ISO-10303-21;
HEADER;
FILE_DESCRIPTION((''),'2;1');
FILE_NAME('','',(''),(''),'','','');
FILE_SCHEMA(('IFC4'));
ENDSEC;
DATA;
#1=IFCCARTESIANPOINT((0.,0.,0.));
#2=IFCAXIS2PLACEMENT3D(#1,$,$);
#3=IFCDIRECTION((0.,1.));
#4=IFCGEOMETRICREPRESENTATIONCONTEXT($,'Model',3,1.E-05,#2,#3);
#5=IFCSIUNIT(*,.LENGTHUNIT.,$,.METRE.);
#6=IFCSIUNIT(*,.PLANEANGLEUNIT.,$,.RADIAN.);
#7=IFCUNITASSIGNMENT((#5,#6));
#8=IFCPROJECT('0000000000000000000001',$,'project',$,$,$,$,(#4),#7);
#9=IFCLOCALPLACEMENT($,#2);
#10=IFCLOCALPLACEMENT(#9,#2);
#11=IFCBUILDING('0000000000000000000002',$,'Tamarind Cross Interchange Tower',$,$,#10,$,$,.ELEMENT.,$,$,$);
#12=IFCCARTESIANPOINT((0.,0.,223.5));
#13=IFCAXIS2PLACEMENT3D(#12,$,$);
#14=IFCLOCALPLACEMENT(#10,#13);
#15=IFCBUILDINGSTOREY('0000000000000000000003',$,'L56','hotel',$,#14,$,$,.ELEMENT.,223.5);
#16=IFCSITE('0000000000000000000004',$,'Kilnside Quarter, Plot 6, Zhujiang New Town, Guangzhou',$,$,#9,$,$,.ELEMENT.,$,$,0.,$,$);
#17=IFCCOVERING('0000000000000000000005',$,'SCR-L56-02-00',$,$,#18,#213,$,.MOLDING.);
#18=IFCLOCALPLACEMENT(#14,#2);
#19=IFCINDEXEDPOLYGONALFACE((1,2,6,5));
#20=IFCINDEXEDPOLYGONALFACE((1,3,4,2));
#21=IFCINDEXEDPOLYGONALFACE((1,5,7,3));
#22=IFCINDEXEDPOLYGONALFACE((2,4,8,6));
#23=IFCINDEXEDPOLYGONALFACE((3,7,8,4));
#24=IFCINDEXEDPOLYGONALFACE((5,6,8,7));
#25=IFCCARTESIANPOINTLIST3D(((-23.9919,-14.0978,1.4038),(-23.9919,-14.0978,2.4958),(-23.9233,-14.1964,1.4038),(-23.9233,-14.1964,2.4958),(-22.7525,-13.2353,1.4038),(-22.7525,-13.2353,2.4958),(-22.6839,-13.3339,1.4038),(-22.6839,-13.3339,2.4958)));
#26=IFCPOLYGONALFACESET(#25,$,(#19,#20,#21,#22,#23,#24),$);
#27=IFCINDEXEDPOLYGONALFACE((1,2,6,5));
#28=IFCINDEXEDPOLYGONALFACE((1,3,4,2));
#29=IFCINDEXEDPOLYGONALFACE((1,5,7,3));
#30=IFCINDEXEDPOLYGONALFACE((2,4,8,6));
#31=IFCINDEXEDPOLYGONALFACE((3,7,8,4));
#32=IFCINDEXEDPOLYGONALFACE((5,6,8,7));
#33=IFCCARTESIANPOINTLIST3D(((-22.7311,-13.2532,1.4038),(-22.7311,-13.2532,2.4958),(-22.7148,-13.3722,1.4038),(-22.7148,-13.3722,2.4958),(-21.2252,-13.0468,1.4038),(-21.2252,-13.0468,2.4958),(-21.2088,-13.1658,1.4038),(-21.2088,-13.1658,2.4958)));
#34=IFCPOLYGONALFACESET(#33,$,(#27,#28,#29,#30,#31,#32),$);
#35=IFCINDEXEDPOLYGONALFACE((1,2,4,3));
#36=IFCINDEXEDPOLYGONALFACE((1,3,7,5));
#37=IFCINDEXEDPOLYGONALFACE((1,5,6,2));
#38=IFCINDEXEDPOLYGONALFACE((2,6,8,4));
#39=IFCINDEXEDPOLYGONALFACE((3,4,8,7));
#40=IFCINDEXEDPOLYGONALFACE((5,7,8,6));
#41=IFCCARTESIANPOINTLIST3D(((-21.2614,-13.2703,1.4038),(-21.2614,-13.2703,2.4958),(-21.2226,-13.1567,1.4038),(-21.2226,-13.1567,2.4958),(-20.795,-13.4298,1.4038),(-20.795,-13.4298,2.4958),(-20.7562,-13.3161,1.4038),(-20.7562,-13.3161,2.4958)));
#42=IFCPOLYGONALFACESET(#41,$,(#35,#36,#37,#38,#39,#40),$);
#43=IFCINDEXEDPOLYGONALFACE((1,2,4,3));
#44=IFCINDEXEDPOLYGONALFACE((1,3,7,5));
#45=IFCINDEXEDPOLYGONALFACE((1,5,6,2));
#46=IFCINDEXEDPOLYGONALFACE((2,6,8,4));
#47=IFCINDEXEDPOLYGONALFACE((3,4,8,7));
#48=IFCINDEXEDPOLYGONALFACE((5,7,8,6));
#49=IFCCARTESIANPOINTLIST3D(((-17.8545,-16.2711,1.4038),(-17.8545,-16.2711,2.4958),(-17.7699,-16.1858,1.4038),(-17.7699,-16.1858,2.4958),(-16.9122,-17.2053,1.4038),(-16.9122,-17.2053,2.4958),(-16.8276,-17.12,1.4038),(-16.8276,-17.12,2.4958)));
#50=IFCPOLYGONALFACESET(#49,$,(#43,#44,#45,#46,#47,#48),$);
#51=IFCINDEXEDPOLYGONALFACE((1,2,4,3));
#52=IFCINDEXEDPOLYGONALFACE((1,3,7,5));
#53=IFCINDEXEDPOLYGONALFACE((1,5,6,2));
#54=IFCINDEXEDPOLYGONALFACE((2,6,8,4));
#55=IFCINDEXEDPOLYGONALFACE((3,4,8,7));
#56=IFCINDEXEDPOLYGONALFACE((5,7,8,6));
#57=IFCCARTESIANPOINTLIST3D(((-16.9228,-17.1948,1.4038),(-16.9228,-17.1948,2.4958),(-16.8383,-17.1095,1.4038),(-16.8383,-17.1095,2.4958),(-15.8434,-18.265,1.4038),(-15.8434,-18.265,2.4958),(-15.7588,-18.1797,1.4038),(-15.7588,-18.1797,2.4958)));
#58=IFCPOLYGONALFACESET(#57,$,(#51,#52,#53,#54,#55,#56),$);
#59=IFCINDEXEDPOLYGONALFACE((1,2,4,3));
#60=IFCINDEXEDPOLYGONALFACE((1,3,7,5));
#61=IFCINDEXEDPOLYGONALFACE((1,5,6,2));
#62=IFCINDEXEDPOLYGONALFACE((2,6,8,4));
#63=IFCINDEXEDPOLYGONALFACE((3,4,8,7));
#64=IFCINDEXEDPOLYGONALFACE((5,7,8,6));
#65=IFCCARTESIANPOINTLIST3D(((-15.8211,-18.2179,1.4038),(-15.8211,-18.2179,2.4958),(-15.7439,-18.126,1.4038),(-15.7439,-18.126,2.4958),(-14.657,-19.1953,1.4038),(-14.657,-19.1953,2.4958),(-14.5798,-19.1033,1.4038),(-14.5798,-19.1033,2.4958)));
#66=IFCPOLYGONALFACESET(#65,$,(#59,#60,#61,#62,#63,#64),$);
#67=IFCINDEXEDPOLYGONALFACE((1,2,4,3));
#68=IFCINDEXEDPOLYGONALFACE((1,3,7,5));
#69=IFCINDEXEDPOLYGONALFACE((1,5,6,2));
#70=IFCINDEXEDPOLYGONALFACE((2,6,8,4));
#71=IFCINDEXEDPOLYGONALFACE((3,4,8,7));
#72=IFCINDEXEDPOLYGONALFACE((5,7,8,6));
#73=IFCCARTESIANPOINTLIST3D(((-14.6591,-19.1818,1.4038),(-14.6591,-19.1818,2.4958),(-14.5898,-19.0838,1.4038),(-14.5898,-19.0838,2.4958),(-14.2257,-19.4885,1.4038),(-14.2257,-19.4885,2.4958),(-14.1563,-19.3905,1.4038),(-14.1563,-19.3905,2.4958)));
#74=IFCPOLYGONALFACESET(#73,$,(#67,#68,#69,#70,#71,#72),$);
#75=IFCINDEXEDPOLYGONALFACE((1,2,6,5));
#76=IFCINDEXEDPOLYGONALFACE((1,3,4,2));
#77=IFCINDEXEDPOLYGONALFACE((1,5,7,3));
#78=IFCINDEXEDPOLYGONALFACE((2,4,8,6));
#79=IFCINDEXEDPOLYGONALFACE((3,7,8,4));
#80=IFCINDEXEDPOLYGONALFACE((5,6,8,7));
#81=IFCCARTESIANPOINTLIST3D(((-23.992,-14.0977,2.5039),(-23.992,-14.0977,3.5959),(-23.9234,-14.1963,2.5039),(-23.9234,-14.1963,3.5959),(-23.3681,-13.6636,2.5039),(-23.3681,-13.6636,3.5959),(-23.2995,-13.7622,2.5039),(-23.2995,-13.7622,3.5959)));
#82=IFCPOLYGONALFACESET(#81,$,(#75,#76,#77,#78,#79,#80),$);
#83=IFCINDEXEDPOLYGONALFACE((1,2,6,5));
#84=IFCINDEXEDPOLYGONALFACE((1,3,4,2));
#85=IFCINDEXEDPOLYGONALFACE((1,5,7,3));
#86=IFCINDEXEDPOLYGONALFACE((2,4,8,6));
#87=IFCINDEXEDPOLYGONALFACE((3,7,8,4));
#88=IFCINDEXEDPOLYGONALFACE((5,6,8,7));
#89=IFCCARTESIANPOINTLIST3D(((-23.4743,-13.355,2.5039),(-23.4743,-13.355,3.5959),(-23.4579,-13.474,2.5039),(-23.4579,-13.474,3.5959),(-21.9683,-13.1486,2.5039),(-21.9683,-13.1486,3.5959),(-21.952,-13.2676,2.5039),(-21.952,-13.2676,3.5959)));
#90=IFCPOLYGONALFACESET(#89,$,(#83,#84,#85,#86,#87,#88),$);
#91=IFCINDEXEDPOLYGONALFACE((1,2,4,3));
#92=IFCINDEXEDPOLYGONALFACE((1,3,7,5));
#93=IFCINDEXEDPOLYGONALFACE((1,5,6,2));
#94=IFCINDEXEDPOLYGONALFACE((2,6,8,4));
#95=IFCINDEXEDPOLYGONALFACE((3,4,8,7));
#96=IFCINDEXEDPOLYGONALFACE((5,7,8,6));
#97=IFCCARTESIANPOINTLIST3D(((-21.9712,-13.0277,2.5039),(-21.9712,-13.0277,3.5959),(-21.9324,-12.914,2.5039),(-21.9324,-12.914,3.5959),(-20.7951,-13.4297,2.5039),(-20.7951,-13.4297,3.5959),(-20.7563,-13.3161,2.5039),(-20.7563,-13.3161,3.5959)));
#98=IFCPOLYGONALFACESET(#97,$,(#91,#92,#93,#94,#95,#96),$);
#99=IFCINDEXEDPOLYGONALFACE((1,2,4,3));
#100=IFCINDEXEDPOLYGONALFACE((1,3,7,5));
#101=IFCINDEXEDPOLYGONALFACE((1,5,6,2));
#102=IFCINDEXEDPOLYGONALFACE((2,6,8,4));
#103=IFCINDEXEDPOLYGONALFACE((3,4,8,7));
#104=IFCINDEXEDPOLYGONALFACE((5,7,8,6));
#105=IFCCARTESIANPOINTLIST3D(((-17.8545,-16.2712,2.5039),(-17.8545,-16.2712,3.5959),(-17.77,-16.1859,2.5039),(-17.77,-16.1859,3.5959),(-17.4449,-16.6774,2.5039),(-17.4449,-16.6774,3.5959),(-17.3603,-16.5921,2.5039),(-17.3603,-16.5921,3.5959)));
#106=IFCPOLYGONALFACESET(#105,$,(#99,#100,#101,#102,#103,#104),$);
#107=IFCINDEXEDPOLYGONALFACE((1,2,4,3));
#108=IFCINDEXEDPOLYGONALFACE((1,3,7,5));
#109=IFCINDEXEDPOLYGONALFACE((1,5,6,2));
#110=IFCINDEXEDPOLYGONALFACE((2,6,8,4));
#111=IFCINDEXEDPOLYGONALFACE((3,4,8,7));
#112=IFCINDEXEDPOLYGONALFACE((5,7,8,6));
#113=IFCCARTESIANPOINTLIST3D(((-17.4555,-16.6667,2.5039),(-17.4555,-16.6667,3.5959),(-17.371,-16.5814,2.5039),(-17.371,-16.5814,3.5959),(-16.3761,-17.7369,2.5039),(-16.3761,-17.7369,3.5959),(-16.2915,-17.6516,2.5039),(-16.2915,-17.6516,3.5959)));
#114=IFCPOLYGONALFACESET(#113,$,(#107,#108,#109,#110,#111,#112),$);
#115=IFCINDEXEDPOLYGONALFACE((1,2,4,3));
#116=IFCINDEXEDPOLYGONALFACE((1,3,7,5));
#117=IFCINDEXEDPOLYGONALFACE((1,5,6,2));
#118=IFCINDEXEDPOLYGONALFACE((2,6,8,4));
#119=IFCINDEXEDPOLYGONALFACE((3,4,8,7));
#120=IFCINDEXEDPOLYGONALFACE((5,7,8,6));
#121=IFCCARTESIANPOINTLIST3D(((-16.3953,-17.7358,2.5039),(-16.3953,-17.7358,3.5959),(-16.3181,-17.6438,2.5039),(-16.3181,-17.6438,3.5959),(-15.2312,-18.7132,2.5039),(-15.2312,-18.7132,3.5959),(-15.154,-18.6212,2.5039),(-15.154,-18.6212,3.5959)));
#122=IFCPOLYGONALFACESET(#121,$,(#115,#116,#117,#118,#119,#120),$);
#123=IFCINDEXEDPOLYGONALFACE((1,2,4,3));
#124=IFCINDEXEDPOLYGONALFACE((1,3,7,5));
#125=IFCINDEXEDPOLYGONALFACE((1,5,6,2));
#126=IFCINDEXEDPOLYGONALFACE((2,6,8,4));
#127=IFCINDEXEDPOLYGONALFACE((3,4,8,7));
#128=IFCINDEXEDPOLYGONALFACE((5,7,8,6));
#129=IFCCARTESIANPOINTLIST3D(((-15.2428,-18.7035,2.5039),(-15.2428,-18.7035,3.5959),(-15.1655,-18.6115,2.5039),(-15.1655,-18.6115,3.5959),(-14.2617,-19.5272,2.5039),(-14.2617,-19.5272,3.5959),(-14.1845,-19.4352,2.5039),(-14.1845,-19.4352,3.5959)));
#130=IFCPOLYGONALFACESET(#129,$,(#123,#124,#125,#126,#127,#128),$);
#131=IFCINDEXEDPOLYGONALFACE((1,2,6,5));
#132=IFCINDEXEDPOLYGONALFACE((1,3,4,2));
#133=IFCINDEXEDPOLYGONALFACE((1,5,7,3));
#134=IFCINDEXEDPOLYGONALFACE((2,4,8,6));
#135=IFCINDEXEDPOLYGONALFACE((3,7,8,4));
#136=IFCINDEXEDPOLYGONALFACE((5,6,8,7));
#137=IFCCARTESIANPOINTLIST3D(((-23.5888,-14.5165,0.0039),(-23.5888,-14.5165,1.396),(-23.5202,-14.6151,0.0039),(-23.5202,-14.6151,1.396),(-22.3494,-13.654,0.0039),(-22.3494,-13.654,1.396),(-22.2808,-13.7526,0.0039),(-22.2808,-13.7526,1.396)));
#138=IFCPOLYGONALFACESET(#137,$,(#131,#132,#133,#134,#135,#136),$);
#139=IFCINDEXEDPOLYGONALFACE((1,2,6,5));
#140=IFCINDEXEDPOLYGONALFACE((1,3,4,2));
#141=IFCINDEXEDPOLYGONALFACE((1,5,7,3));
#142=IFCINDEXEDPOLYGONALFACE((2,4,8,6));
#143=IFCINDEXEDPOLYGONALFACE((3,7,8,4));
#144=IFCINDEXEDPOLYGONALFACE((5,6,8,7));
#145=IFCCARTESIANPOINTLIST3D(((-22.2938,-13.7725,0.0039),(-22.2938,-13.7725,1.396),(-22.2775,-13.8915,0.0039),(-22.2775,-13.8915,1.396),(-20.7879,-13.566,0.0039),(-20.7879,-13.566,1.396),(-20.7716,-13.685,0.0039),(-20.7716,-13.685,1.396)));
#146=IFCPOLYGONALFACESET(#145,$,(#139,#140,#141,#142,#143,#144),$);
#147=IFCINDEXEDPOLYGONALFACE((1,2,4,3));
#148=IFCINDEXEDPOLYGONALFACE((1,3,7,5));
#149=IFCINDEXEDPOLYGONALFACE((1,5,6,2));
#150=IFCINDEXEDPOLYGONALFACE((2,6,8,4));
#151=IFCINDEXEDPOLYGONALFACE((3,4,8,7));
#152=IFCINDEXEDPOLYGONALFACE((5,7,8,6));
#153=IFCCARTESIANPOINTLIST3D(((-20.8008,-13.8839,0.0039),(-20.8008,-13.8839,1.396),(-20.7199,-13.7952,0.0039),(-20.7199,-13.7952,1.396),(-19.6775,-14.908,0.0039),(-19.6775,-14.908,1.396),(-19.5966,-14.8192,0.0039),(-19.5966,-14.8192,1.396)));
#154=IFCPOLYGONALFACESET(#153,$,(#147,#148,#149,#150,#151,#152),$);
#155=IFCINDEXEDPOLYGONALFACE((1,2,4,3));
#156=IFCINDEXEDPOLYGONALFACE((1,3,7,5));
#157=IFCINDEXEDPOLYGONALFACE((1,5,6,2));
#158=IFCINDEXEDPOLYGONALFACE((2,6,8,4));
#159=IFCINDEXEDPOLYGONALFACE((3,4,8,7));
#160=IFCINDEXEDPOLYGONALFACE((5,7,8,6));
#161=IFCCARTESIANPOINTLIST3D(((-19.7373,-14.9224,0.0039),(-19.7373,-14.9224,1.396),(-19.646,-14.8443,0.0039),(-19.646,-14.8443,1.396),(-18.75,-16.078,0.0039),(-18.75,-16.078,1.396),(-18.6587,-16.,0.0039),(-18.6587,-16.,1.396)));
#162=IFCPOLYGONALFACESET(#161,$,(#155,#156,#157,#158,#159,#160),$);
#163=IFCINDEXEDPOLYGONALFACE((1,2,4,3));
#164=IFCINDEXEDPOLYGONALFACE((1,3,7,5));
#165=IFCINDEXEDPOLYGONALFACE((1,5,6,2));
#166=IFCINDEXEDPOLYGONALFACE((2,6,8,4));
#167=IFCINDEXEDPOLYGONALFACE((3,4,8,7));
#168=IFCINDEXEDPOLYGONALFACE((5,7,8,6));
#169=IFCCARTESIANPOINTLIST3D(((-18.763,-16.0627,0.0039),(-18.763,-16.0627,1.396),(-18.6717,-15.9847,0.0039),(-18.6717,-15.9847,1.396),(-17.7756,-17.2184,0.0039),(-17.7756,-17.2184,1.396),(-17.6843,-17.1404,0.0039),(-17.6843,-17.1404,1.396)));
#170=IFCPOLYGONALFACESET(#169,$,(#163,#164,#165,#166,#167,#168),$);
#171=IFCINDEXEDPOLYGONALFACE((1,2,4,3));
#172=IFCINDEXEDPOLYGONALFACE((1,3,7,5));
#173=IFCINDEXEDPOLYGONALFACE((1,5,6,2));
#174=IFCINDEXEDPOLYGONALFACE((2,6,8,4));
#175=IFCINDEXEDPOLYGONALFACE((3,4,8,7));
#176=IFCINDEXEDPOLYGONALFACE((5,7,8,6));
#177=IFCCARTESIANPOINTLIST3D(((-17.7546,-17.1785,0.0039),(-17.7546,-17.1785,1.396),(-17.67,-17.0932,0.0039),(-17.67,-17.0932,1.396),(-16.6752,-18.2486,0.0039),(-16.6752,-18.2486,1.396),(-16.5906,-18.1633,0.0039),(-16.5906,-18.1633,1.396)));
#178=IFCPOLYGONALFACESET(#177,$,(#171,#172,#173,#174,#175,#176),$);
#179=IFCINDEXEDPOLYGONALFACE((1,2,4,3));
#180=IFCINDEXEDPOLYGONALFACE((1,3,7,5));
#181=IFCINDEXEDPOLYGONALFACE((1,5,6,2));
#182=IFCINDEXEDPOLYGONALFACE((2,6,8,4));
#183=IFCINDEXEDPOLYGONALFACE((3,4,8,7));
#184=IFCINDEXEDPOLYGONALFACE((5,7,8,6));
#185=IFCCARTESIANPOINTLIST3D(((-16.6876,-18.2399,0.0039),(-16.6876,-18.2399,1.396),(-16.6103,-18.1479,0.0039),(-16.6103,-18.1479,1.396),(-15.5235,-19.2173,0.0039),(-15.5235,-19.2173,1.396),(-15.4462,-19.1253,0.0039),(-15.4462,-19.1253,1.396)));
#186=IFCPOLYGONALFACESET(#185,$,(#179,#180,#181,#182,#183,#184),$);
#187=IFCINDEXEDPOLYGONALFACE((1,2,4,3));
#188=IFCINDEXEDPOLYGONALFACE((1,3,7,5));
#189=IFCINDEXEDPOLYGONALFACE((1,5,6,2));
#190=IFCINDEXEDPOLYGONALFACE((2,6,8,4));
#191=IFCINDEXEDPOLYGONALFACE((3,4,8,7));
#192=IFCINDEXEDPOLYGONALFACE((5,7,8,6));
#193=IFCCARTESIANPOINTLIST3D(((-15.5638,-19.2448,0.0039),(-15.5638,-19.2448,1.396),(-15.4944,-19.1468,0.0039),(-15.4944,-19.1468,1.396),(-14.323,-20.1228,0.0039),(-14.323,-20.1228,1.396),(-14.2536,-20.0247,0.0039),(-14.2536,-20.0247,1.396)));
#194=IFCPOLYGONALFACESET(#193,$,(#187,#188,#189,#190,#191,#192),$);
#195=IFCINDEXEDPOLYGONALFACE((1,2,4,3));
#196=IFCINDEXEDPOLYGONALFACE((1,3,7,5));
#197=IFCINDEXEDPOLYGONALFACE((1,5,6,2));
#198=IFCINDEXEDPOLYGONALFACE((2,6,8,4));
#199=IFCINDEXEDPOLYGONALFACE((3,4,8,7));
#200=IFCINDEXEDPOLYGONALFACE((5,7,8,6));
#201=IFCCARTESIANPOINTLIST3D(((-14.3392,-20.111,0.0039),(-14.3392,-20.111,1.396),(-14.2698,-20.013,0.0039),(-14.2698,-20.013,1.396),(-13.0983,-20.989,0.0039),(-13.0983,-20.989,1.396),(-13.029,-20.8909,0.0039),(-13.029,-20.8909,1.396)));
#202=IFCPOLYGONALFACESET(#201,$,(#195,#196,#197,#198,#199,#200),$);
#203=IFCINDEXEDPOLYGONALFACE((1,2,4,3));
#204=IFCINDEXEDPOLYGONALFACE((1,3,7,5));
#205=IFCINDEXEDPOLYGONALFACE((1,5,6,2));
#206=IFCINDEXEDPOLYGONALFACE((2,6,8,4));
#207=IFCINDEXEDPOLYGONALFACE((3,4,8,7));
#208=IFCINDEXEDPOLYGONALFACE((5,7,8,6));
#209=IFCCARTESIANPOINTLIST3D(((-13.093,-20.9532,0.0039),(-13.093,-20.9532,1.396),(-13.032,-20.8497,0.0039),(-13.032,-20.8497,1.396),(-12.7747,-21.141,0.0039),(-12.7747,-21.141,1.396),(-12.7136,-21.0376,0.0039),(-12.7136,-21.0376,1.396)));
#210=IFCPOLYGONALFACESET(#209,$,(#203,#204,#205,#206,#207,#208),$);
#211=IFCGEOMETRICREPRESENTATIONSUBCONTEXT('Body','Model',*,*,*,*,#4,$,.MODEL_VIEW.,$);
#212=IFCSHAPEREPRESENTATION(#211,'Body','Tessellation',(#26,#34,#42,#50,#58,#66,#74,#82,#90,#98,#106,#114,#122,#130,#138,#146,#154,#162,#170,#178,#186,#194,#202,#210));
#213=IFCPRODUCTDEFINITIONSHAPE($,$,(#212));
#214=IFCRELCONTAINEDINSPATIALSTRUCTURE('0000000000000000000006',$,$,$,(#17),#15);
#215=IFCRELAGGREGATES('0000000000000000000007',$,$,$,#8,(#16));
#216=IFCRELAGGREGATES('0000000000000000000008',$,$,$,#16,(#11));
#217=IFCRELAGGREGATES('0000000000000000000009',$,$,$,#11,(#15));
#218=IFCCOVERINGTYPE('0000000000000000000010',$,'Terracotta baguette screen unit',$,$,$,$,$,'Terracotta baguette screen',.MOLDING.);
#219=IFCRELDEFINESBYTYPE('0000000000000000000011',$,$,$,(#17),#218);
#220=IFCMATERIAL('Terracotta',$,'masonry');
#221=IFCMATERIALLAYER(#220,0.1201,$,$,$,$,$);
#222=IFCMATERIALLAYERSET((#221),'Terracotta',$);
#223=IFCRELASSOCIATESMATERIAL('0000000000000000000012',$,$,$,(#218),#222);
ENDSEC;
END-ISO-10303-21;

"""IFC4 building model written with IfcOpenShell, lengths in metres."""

from ifc_helpers import new_model, si_unit, direction, frame, origin, origin_2d, place, context, subcontext, project, spatial, rectangle, extrude, material, layer, layer_set, type_object, element, save


model = new_model("IFC4")

# Units and contexts
model_context = context("Model", 3, precision=1e-05, world=origin(), true_north=direction((0.0, 1.0)))
body_context = subcontext(model_context, "Body", "Model", "MODEL_VIEW")
ifc_project = project(units=[si_unit("LENGTHUNIT", "METRE"), si_unit("PLANEANGLEUNIT", "RADIAN")], contexts=[model_context])

# Site, building, storey
site_placement = place(None, origin())
site = spatial("IfcSite", under=ifc_project, at=site_placement, Name="Kilnside Quarter, Plot 6, Zhujiang New Town, Guangzhou", CompositionType="ELEMENT", RefElevation=0.0)
building_placement = place(site_placement, origin())
building = spatial("IfcBuilding", under=site, at=building_placement, Name="Tamarind Cross Interchange Tower", CompositionType="ELEMENT")
storey_placement = place(building_placement, frame((0.0, 0.0, 223.5)))
storey = spatial("IfcBuildingStorey", under=building, at=storey_placement, Name="L56", Description="hotel", CompositionType="ELEMENT", Elevation=223.5)

# Covering
ifc_material_1 = material(Name="Terracotta", Category="masonry")
ifc_layer_1 = layer(ifc_material_1, 0.1201)
ifc_layer_set_1 = layer_set([ifc_layer_1], Name="Terracotta")
covering_type = type_object("IfcCoveringType", Name="Terracotta baguette screen unit", ElementType="Terracotta baguette screen", PredefinedType="MOLDING", material=ifc_layer_set_1)
covering_1_placement = place(storey_placement, origin())
element("IfcCovering", 1, at=covering_1_placement, inside=storey, type_object=covering_type, Name="SCR-L56-02-00", PredefinedType="MOLDING", context=body_context, shape_type="SweptSolid", body=[
    extrude(rectangle(XDim=1.51, YDim=0.1201, at=origin_2d()), frame((-23.3379, -13.7158, 1.4038), z_axis=(0.0, 0.0, 1.0), x_axis=(0.820815, 0.571195, 0.0)), (0.0, 0.0, 1.0), 1.092),
    extrude(rectangle(XDim=1.52, YDim=0.1201, at=origin_2d()), frame((-21.97, -13.2095, 1.4038), z_axis=(0.0, 0.0, 1.0), x_axis=(0.990735, 0.13581, 0.0)), (0.0, 0.0, 1.0), 1.092),
    extrude(rectangle(XDim=0.4929, YDim=0.1201, at=origin_2d()), frame((-21.0088, -13.2932, 1.4038), z_axis=(0.0, 0.0, 1.0), x_axis=(0.946238, -0.323471, 0.0)), (0.0, 0.0, 1.0), 1.092),
    extrude(rectangle(XDim=1.3269, YDim=0.1201, at=origin_2d()), frame((-17.3411, -16.6956, 1.4038), z_axis=(0.0, 0.0, 1.0), x_axis=(0.710143, -0.704057, 0.0)), (0.0, 0.0, 1.0), 1.092),
    extrude(rectangle(XDim=1.52, YDim=0.1201, at=origin_2d()), frame((-16.3408, -17.6873, 1.4038), z_axis=(0.0, 0.0, 1.0), x_axis=(0.710143, -0.704057, 0.0)), (0.0, 0.0, 1.0), 1.092),
    extrude(rectangle(XDim=1.52, YDim=0.1201, at=origin_2d()), frame((-15.2004, -18.6606, 1.4038), z_axis=(0.0, 0.0, 1.0), x_axis=(0.765858, -0.643009, 0.0)), (0.0, 0.0, 1.0), 1.092),
    extrude(rectangle(XDim=0.531, YDim=0.1201, at=origin_2d()), frame((-14.4077, -19.2861, 1.4038), z_axis=(0.0, 0.0, 1.0), x_axis=(0.816342, -0.577569, 0.0)), (0.0, 0.0, 1.0), 1.092),
    extrude(rectangle(XDim=0.76, YDim=0.1201, at=origin_2d()), frame((-23.6458, -13.9299, 2.5039), z_axis=(0.0, 0.0, 1.0), x_axis=(0.820815, 0.571195, 0.0)), (0.0, 0.0, 1.0), 1.092),
    extrude(rectangle(XDim=1.52, YDim=0.1201, at=origin_2d()), frame((-22.7131, -13.3113, 2.5039), z_axis=(0.0, 0.0, 1.0), x_axis=(0.990735, 0.13581, 0.0)), (0.0, 0.0, 1.0), 1.092),
    extrude(rectangle(XDim=1.2429, YDim=0.1201, at=origin_2d()), frame((-21.3638, -13.1719, 2.5039), z_axis=(0.0, 0.0, 1.0), x_axis=(0.946238, -0.323471, 0.0)), (0.0, 0.0, 1.0), 1.092),
    extrude(rectangle(XDim=0.5769, YDim=0.1201, at=origin_2d()), frame((-17.6074, -16.4316, 2.5039), z_axis=(0.0, 0.0, 1.0), x_axis=(0.710143, -0.704057, 0.0)), (0.0, 0.0, 1.0), 1.092),
    extrude(rectangle(XDim=1.52, YDim=0.1201, at=origin_2d()), frame((-16.8735, -17.1592, 2.5039), z_axis=(0.0, 0.0, 1.0), x_axis=(0.710143, -0.704057, 0.0)), (0.0, 0.0, 1.0), 1.092),
    extrude(rectangle(XDim=1.52, YDim=0.1201, at=origin_2d()), frame((-15.7747, -18.1785, 2.5039), z_axis=(0.0, 0.0, 1.0), x_axis=(0.765858, -0.643009, 0.0)), (0.0, 0.0, 1.0), 1.092),
    extrude(rectangle(XDim=1.281, YDim=0.1201, at=origin_2d()), frame((-14.7136, -19.0693, 2.5039), z_axis=(0.0, 0.0, 1.0), x_axis=(0.765858, -0.643009, 0.0)), (0.0, 0.0, 1.0), 1.092),
    extrude(rectangle(XDim=1.51, YDim=0.1201, at=origin_2d()), frame((-22.9348, -14.1345, 0.0039), z_axis=(0.0, 0.0, 1.0), x_axis=(0.820815, 0.571195, 0.0)), (0.0, 0.0, 1.0), 1.3921),
    extrude(rectangle(XDim=1.52, YDim=0.1201, at=origin_2d()), frame((-21.5327, -13.7288, 0.0039), z_axis=(0.0, 0.0, 1.0), x_axis=(0.990735, 0.13581, 0.0)), (0.0, 0.0, 1.0), 1.3921),
    extrude(rectangle(XDim=1.52, YDim=0.1201, at=origin_2d()), frame((-20.1987, -14.3516, 0.0039), z_axis=(0.0, 0.0, 1.0), x_axis=(0.739005, -0.673699, 0.0)), (0.0, 0.0, 1.0), 1.3921),
    extrude(rectangle(XDim=1.52, YDim=0.1201, at=origin_2d()), frame((-19.198, -15.4612, 0.0039), z_axis=(0.0, 0.0, 1.0), x_axis=(0.649577, -0.760296, 0.0)), (0.0, 0.0, 1.0), 1.3921),
    extrude(rectangle(XDim=1.52, YDim=0.1201, at=origin_2d()), frame((-18.2236, -16.6016, 0.0039), z_axis=(0.0, 0.0, 1.0), x_axis=(0.649577, -0.760296, 0.0)), (0.0, 0.0, 1.0), 1.3921),
    extrude(rectangle(XDim=1.52, YDim=0.1201, at=origin_2d()), frame((-17.1726, -17.6709, 0.0039), z_axis=(0.0, 0.0, 1.0), x_axis=(0.710143, -0.704057, 0.0)), (0.0, 0.0, 1.0), 1.3921),
    extrude(rectangle(XDim=1.52, YDim=0.1201, at=origin_2d()), frame((-16.0669, -18.6826, 0.0039), z_axis=(0.0, 0.0, 1.0), x_axis=(0.765858, -0.643009, 0.0)), (0.0, 0.0, 1.0), 1.3921),
    extrude(rectangle(XDim=1.52, YDim=0.1201, at=origin_2d()), frame((-14.9087, -19.6348, 0.0039), z_axis=(0.0, 0.0, 1.0), x_axis=(0.816342, -0.577569, 0.0)), (0.0, 0.0, 1.0), 1.3921),
    extrude(rectangle(XDim=1.52, YDim=0.1201, at=origin_2d()), frame((-13.6841, -20.501, 0.0039), z_axis=(0.0, 0.0, 1.0), x_axis=(0.816342, -0.577569, 0.0)), (0.0, 0.0, 1.0), 1.3921),
    extrude(rectangle(XDim=0.3696, YDim=0.1201, at=origin_2d()), frame((-12.9033, -20.9954, 0.0039), z_axis=(0.0, 0.0, 1.0), x_axis=(0.861249, -0.508183, 0.0)), (0.0, 0.0, 1.0), 1.3921),
])

save(model, "model.ifc")
